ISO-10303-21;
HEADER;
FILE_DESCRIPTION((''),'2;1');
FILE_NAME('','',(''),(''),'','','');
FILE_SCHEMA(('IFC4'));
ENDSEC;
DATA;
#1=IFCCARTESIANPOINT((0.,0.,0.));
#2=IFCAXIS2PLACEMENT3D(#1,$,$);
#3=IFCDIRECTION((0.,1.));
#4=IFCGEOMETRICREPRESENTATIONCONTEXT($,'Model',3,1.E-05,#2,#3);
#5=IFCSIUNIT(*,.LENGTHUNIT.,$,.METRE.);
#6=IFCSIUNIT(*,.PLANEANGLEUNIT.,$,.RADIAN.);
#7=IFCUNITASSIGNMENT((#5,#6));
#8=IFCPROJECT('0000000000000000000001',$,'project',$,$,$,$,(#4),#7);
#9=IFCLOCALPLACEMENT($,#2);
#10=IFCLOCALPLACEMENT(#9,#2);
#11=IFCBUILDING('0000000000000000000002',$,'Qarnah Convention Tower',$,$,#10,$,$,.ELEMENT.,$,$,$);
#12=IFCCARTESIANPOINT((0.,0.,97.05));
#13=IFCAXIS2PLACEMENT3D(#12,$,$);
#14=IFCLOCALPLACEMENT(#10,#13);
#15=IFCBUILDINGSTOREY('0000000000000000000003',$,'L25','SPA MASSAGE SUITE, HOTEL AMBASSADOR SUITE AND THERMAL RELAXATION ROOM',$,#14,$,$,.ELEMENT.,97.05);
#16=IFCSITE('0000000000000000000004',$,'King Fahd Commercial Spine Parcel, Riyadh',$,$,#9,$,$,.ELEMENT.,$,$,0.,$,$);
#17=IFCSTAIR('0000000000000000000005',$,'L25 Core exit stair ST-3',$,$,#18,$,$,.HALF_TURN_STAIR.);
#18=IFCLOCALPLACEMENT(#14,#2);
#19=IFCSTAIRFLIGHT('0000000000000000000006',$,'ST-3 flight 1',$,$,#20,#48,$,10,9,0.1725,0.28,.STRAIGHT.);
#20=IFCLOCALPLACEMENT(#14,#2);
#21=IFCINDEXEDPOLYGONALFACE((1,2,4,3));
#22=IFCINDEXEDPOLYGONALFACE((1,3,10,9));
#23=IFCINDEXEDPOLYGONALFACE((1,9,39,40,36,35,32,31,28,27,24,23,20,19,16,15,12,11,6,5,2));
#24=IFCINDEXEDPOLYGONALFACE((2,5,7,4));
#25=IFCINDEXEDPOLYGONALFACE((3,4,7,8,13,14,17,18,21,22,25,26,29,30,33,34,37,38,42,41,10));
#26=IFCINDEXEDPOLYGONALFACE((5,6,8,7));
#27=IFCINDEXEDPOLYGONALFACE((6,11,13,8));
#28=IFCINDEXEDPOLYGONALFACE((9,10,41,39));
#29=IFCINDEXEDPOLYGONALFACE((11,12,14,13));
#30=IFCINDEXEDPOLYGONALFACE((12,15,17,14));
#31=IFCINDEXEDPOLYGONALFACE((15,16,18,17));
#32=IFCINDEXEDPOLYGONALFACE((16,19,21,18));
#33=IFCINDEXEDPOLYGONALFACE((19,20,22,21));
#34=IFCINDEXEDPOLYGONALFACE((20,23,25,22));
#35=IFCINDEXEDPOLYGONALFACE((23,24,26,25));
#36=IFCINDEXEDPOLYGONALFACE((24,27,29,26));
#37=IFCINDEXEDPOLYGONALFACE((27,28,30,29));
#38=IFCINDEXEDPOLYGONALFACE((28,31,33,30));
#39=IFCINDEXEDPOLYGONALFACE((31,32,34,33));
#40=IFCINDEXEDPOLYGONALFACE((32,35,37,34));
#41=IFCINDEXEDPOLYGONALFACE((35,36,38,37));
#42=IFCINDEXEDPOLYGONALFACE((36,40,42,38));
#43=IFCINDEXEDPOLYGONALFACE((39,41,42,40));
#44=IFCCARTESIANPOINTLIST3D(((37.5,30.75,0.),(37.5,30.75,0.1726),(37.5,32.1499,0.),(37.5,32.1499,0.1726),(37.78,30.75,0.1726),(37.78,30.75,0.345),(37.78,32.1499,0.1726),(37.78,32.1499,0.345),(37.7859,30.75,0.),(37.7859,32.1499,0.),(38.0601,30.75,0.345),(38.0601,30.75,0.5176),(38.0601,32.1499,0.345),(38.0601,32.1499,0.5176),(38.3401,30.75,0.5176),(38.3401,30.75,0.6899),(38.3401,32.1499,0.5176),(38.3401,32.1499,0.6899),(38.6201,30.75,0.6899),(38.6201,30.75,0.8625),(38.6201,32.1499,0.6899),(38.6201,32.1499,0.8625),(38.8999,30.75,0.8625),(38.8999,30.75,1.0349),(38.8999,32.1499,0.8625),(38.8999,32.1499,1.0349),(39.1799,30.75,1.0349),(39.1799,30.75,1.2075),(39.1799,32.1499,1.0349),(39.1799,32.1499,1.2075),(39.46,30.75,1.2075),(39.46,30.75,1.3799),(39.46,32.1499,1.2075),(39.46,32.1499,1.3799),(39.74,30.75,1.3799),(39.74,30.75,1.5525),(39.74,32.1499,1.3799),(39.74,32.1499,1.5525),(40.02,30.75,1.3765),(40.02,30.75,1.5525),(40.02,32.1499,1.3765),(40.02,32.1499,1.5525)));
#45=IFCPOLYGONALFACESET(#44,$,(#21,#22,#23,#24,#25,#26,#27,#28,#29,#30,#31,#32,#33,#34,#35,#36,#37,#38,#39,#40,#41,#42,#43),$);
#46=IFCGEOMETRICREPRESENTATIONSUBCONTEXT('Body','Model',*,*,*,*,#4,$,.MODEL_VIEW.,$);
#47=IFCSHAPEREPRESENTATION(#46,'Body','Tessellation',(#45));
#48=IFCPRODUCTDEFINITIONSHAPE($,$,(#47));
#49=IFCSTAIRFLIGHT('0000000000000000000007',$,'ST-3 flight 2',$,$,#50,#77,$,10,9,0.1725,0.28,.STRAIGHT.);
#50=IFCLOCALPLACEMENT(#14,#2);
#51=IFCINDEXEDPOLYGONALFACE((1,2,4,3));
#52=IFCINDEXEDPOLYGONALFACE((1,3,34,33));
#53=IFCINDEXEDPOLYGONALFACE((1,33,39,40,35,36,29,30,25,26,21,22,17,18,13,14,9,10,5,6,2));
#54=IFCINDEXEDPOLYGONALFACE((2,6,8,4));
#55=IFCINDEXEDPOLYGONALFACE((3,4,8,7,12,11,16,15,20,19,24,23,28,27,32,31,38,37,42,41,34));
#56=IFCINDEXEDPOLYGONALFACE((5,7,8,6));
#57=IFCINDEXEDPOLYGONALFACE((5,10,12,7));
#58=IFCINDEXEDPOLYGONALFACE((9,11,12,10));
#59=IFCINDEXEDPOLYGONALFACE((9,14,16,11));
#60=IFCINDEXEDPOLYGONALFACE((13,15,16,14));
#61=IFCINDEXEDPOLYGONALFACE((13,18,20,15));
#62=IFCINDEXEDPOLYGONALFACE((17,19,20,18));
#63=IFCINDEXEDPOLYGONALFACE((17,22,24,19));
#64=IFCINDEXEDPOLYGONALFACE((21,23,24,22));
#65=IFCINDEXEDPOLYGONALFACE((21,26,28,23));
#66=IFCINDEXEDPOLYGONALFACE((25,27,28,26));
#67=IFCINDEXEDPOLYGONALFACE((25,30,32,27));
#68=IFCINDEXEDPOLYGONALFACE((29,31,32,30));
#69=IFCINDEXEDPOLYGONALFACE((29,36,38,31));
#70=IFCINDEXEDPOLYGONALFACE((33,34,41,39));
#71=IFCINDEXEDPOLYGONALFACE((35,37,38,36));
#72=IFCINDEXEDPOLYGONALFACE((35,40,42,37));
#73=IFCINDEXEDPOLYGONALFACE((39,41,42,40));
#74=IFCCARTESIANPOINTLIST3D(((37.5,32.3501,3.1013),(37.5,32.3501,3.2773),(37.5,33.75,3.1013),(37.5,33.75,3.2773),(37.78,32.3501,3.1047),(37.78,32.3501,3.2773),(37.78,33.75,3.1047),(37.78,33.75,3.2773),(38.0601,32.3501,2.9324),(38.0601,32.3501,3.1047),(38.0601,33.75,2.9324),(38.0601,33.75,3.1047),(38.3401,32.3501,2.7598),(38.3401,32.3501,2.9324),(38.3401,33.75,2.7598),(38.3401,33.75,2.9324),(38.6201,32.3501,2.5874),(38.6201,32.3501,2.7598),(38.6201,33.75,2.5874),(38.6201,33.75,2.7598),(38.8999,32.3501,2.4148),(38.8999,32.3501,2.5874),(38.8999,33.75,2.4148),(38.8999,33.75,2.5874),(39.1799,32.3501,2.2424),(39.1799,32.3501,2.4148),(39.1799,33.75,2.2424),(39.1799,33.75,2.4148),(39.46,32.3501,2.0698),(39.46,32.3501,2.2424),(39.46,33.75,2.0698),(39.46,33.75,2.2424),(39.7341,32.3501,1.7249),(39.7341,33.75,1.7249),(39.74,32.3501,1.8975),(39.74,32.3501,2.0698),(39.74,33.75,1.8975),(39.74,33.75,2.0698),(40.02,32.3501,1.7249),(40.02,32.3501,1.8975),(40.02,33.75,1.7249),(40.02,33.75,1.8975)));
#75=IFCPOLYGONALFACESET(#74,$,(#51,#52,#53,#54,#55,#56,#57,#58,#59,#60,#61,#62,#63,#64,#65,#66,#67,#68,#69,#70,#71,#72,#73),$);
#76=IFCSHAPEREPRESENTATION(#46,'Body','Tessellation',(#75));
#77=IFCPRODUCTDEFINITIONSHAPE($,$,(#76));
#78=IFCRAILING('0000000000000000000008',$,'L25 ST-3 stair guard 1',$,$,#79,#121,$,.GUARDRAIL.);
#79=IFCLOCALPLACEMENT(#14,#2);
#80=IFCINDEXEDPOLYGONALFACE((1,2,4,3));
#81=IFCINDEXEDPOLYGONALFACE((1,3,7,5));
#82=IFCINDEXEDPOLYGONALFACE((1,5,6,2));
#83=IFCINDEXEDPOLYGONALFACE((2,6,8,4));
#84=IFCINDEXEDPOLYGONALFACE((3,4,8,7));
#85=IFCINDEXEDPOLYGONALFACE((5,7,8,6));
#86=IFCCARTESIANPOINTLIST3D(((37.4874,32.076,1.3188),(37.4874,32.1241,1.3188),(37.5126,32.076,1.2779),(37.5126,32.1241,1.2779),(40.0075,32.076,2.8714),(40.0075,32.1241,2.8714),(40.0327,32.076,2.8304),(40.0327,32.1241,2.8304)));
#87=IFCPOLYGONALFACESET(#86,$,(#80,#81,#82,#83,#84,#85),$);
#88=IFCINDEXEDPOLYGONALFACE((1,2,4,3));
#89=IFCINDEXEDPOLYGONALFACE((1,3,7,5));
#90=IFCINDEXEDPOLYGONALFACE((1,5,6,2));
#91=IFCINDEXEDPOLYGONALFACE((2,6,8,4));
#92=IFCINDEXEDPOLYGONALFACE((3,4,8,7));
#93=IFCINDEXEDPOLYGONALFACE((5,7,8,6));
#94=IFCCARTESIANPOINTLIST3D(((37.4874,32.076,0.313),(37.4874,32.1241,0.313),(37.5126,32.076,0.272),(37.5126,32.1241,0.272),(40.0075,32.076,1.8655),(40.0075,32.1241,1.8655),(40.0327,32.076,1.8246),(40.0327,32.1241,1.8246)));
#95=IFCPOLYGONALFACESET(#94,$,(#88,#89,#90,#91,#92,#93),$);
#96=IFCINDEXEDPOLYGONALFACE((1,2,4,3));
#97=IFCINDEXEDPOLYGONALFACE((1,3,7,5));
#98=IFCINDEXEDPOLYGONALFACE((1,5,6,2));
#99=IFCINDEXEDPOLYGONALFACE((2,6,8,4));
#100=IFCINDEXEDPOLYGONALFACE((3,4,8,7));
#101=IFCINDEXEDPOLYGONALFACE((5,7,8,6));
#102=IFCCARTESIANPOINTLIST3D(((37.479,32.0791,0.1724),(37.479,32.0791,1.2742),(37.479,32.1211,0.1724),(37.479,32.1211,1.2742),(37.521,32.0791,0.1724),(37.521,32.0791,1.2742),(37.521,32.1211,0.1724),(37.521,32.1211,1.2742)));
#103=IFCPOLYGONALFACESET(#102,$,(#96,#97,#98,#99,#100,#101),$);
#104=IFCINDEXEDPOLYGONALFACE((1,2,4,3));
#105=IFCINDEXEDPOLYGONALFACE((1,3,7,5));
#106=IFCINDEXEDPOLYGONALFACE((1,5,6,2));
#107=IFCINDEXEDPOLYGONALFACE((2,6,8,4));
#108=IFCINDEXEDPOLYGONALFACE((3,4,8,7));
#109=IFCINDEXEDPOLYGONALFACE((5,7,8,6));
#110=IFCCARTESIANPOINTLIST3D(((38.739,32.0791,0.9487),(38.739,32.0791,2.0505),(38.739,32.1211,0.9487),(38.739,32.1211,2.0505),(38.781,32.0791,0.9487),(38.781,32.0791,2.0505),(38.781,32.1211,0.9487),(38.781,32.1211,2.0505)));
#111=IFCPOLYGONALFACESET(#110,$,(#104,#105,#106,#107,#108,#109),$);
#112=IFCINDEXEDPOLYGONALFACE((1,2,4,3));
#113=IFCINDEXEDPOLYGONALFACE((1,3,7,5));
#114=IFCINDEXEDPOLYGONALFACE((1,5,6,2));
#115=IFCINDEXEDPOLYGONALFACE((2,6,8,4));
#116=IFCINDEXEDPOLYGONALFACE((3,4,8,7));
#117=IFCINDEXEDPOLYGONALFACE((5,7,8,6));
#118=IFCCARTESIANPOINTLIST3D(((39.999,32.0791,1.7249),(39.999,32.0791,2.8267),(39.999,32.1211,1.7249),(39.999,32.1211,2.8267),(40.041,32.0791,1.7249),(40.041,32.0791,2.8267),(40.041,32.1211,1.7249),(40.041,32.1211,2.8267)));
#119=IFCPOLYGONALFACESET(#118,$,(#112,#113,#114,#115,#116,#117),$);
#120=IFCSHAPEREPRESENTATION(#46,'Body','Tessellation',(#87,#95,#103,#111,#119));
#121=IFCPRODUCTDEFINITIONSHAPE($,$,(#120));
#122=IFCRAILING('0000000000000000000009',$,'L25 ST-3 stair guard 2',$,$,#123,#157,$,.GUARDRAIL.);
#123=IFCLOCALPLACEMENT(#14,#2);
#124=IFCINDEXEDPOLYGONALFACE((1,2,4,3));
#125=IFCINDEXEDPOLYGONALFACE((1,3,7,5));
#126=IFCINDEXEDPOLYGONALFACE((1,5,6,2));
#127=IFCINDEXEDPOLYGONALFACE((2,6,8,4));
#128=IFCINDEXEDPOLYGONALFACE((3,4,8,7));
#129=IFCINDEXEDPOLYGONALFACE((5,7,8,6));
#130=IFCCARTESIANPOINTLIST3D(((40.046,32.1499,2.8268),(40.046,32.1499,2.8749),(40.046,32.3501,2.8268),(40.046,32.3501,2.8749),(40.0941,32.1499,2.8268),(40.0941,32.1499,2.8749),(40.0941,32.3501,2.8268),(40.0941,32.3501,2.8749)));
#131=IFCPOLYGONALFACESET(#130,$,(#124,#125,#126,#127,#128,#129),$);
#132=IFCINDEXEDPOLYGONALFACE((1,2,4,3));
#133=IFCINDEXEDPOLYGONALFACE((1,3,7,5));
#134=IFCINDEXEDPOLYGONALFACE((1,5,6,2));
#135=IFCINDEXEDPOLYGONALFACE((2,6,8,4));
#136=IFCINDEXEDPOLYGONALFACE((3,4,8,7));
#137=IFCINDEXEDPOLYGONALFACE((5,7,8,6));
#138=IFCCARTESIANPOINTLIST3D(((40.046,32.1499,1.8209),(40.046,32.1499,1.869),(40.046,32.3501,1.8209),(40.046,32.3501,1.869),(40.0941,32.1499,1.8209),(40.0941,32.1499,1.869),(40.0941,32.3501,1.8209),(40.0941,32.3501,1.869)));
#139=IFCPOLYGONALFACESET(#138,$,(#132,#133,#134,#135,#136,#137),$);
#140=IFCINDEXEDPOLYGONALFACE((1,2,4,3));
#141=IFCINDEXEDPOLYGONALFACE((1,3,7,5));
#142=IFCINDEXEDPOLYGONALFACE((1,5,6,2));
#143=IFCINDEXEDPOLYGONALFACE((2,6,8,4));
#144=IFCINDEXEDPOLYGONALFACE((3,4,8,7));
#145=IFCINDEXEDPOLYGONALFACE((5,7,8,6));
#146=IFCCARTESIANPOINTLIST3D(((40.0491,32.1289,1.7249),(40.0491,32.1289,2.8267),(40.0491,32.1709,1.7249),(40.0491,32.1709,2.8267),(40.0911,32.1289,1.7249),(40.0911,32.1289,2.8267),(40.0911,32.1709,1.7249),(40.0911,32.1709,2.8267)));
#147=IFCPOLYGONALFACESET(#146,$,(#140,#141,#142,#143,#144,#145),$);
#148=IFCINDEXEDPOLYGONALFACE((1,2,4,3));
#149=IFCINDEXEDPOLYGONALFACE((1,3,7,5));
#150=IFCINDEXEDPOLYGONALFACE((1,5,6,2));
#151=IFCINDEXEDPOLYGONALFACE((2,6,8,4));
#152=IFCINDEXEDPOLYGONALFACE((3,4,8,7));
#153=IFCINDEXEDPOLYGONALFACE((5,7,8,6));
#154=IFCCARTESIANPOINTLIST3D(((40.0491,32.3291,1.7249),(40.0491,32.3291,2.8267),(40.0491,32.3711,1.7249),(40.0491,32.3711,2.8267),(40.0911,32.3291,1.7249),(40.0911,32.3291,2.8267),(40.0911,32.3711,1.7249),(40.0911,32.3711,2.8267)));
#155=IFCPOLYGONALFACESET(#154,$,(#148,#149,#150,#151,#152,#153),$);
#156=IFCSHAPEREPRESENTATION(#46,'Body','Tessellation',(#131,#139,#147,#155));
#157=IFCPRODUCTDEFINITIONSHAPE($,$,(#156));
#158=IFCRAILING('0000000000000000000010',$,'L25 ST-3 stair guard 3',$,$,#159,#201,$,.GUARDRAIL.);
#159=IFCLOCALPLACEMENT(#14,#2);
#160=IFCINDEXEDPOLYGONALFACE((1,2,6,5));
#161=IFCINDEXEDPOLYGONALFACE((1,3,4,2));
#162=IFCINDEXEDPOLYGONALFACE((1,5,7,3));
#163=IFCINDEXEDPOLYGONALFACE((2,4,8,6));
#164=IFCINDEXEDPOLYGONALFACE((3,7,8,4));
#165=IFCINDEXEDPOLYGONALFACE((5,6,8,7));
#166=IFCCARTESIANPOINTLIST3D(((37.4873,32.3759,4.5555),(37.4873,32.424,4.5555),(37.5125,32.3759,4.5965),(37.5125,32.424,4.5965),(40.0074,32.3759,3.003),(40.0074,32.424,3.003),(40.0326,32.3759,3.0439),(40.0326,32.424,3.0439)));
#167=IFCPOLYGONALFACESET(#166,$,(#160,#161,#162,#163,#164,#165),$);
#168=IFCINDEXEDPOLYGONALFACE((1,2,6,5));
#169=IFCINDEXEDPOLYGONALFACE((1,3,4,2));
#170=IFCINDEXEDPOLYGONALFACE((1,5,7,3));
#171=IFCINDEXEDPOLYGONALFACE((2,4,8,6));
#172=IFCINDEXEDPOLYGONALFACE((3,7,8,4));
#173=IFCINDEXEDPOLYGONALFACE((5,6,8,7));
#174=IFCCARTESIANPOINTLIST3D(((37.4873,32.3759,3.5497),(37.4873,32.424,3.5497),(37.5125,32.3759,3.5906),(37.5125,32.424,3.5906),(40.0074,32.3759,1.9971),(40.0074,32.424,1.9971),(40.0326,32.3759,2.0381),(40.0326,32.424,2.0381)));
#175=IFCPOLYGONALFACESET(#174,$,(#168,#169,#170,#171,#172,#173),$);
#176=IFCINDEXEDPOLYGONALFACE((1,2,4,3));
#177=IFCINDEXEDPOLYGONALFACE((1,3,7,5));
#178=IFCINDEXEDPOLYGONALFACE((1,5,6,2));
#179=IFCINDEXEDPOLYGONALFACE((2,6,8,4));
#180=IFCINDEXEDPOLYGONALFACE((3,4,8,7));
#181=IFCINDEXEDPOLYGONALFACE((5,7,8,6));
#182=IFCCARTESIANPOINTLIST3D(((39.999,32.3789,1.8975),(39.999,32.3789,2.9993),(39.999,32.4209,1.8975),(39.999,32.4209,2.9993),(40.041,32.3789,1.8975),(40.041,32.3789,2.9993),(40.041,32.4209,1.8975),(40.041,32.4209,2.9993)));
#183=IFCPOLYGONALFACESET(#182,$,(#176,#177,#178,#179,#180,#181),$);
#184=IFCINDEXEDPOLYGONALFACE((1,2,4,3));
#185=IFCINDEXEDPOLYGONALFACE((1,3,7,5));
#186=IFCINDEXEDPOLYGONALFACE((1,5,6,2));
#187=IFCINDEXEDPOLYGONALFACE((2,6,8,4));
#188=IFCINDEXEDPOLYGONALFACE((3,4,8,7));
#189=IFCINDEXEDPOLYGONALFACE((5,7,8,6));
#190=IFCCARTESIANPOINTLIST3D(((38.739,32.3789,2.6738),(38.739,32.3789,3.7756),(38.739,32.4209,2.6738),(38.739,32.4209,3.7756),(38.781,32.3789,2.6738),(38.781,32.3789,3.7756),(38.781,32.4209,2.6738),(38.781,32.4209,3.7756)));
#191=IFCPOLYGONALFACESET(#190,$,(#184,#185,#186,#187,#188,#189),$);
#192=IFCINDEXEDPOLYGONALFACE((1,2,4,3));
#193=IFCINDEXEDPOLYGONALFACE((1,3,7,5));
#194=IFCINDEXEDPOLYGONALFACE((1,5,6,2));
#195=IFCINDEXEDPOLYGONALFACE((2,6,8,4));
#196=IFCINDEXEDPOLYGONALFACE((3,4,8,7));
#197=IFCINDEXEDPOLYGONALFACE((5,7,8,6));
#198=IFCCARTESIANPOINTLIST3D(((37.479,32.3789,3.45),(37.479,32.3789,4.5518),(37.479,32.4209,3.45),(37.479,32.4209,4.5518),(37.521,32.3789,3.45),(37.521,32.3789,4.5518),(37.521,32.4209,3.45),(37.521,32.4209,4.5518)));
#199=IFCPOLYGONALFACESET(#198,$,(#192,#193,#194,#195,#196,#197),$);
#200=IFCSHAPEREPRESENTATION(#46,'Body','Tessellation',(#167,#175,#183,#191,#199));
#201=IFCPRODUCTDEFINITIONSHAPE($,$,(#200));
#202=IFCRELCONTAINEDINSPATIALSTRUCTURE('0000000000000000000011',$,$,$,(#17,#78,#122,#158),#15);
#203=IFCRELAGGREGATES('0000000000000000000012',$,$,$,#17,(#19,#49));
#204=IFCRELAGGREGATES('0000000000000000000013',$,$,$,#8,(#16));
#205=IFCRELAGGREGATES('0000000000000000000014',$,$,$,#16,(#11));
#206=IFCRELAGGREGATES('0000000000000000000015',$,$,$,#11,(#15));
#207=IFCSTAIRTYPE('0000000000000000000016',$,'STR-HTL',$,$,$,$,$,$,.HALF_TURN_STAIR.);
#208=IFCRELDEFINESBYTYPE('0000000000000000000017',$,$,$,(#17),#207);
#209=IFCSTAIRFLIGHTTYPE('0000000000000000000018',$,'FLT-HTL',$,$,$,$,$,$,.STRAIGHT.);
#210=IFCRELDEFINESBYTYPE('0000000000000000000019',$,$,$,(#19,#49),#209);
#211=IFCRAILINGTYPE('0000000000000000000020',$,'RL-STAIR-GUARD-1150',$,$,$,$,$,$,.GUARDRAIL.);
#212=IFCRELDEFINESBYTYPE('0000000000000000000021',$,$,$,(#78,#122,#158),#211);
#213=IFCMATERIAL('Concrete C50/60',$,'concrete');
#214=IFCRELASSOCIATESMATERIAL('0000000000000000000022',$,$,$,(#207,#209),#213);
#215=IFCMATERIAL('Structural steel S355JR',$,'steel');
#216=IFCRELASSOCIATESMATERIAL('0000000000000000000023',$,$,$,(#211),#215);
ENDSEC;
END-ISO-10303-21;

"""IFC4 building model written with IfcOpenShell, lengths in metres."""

from ifc_helpers import new_model, si_unit, direction, frame, origin, origin_2d, place, context, subcontext, project, spatial, polyline, rectangle, outline, extrude, material, type_object, element, aggregate, save


model = new_model("IFC4")

# Units and contexts
model_context = context("Model", 3, precision=1e-05, world=origin(), true_north=direction((0.0, 1.0)))
body_context = subcontext(model_context, "Body", "Model", "MODEL_VIEW")
ifc_project = project(units=[si_unit("LENGTHUNIT", "METRE"), si_unit("PLANEANGLEUNIT", "RADIAN")], contexts=[model_context])

# Site, building, storey
site_placement = place(None, origin())
site = spatial("IfcSite", under=ifc_project, at=site_placement, Name="King Fahd Commercial Spine Parcel, Riyadh", CompositionType="ELEMENT", RefElevation=0.0)
building_placement = place(site_placement, origin())
building = spatial("IfcBuilding", under=site, at=building_placement, Name="Qarnah Convention Tower", CompositionType="ELEMENT")
storey_placement = place(building_placement, frame((0.0, 0.0, 97.05)))
storey = spatial("IfcBuildingStorey", under=building, at=storey_placement, Name="L25", Description="SPA MASSAGE SUITE, HOTEL AMBASSADOR SUITE AND THERMAL RELAXATION ROOM", CompositionType="ELEMENT", Elevation=97.05)

# Shared definitions
ifc_material_1 = material(Name="Structural steel S355JR", Category="steel")

# Stair, stair flights
ifc_material_2 = material(Name="Concrete C50/60", Category="concrete")
stair_type = type_object("IfcStairType", Name="STR-HTL", PredefinedType="HALF_TURN_STAIR", material=ifc_material_2)
stair_placement = place(storey_placement, origin())
stair = element("IfcStair", 1, at=stair_placement, inside=storey, type_object=stair_type, Name="L25 Core exit stair ST-3", PredefinedType="HALF_TURN_STAIR")
stair_flight_type = type_object("IfcStairFlightType", Name="FLT-HTL", PredefinedType="STRAIGHT", material=ifc_material_2)
stair_flight_1_placement = place(storey_placement, frame((37.5, 31.45, 0.0), z_axis=(0.0, 0.0, 1.0), x_axis=(1.0, 0.0, 0.0)))
stair_flight_1 = element("IfcStairFlight", 2, at=stair_flight_1_placement, type_object=stair_flight_type, Name="ST-3 flight 1", NumberOfRisers=10, NumberOfTreads=9, PredefinedType="STRAIGHT", RiserHeight=0.1725, TreadLength=0.28, context=body_context, shape_type="SweptSolid", body=[
    extrude(outline(polyline([(0.0, 0.0), (0.0, 0.1726), (0.28, 0.1726), (0.28, 0.345), (0.5601, 0.345), (0.5601, 0.5176), (0.8401, 0.5176), (0.8401, 0.6899), (1.1201, 0.6899), (1.1201, 0.8625), (1.3999, 0.8625), (1.3999, 1.0349), (1.6799, 1.0349), (1.6799, 1.2075), (1.96, 1.2075), (1.96, 1.3799), (2.24, 1.3799), (2.24, 1.5525), (2.52, 1.5525), (2.52, 1.7251), (2.52, 1.3765), (0.2859, 0.0), (0.0, 0.0)])), frame((0.0, 0.7, 0.0), z_axis=(0.0, -1.0, 0.0), x_axis=(1.0, 0.0, 0.0)), (0.0, 0.0, 1.0), 1.3999),
])
stair_flight_2_placement = place(storey_placement, frame((40.02, 33.05, 1.7249), z_axis=(0.0, 0.0, 1.0), x_axis=(-1.0, 0.0, 0.0)))
stair_flight_2 = element("IfcStairFlight", 3, at=stair_flight_2_placement, type_object=stair_flight_type, Name="ST-3 flight 2", NumberOfRisers=10, NumberOfTreads=9, PredefinedType="STRAIGHT", RiserHeight=0.1725, TreadLength=0.28, context=body_context, shape_type="SweptSolid", body=[
    extrude(outline(polyline([(0.0, 0.0), (0.0, 0.1726), (0.28, 0.1726), (0.28, 0.345), (0.5601, 0.345), (0.5601, 0.5176), (0.8401, 0.5176), (0.8401, 0.6899), (1.1201, 0.6899), (1.1201, 0.8625), (1.3999, 0.8625), (1.3999, 1.0349), (1.6799, 1.0349), (1.6799, 1.2075), (1.96, 1.2075), (1.96, 1.3799), (2.24, 1.3799), (2.24, 1.5525), (2.52, 1.5525), (2.52, 1.7251), (2.52, 1.3765), (0.2859, 0.0), (0.0, 0.0)])), frame((0.0, 0.7, 0.0), z_axis=(0.0, -1.0, 0.0), x_axis=(1.0, 0.0, 0.0)), (0.0, 0.0, 1.0), 1.3999),
])
aggregate(stair, [stair_flight_1, stair_flight_2])

# Railings
railing_type_1 = type_object("IfcRailingType", Name="RL-STAIR-GUARD-1150", PredefinedType="GUARDRAIL", material=ifc_material_1)
railing_1_placement = place(storey_placement, frame((37.5, 32.1001, 0.1724)))
element("IfcRailing", 4, at=railing_1_placement, inside=storey, type_object=railing_type_1, Name="L25 ST-3 stair guard 1", PredefinedType="GUARDRAIL", context=body_context, shape_type="SweptSolid", body=[
    extrude(rectangle(XDim=0.0481, YDim=0.0481, at=origin_2d()), frame((0.0, 0.0, 1.126), z_axis=(0.8514, 0.0, 0.524516), x_axis=(0.0, 1.0, 0.0)), (0.0, 0.0, 1.0), 2.96),
    extrude(rectangle(XDim=0.0481, YDim=0.0481, at=origin_2d()), frame((0.0, 0.0, 0.1201), z_axis=(0.8514, 0.0, 0.524516), x_axis=(0.0, 1.0, 0.0)), (0.0, 0.0, 1.0), 2.96),
    extrude(rectangle(XDim=0.042, YDim=0.042, at=origin_2d()), origin(), (0.0, 0.0, 1.0), 1.1018),
    extrude(rectangle(XDim=0.042, YDim=0.042, at=origin_2d()), frame((1.26, 0.0, 0.7764)), (0.0, 0.0, 1.0), 1.1018),
    extrude(rectangle(XDim=0.042, YDim=0.042, at=origin_2d()), frame((2.52, 0.0, 1.5525)), (0.0, 0.0, 1.0), 1.1018),
])
railing_2_placement = place(storey_placement, frame((40.0701, 32.1499, 1.7249)))
element("IfcRailing", 5, at=railing_2_placement, inside=storey, type_object=railing_type_1, Name="L25 ST-3 stair guard 2", PredefinedType="GUARDRAIL", context=body_context, shape_type="SweptSolid", body=[
    extrude(rectangle(XDim=0.0481, YDim=0.0481, at=origin_2d()), frame((0.0, 0.0, 1.126), z_axis=(0.0, 1.0, 0.0), x_axis=(-1.0, 0.0, 0.0)), (0.0, 0.0, 1.0), 0.2002),
    extrude(rectangle(XDim=0.0481, YDim=0.0481, at=origin_2d()), frame((0.0, 0.0, 0.1201), z_axis=(0.0, 1.0, 0.0), x_axis=(-1.0, 0.0, 0.0)), (0.0, 0.0, 1.0), 0.2002),
    extrude(rectangle(XDim=0.042, YDim=0.042, at=origin_2d()), origin(), (0.0, 0.0, 1.0), 1.1018),
    extrude(rectangle(XDim=0.042, YDim=0.042, at=origin_2d()), frame((0.0, 0.2002, 0.0)), (0.0, 0.0, 1.0), 1.1018),
])
railing_3_placement = place(storey_placement, frame((40.02, 32.3999, 1.8975)))
element("IfcRailing", 6, at=railing_3_placement, inside=storey, type_object=railing_type_1, Name="L25 ST-3 stair guard 3", PredefinedType="GUARDRAIL", context=body_context, shape_type="SweptSolid", body=[
    extrude(rectangle(XDim=0.0481, YDim=0.0481, at=origin_2d()), frame((0.0, 0.0, 1.126), z_axis=(-0.8514, 0.0, 0.524516), x_axis=(0.0, -1.0, 0.0)), (0.0, 0.0, 1.0), 2.96),
    extrude(rectangle(XDim=0.0481, YDim=0.0481, at=origin_2d()), frame((0.0, 0.0, 0.1201), z_axis=(-0.8514, 0.0, 0.524516), x_axis=(0.0, -1.0, 0.0)), (0.0, 0.0, 1.0), 2.96),
    extrude(rectangle(XDim=0.042, YDim=0.042, at=origin_2d()), origin(), (0.0, 0.0, 1.0), 1.1018),
    extrude(rectangle(XDim=0.042, YDim=0.042, at=origin_2d()), frame((-1.26, 0.0, 0.7764)), (0.0, 0.0, 1.0), 1.1018),
    extrude(rectangle(XDim=0.042, YDim=0.042, at=origin_2d()), frame((-2.52, 0.0, 1.5525)), (0.0, 0.0, 1.0), 1.1018),
])

save(model, "model.ifc")
